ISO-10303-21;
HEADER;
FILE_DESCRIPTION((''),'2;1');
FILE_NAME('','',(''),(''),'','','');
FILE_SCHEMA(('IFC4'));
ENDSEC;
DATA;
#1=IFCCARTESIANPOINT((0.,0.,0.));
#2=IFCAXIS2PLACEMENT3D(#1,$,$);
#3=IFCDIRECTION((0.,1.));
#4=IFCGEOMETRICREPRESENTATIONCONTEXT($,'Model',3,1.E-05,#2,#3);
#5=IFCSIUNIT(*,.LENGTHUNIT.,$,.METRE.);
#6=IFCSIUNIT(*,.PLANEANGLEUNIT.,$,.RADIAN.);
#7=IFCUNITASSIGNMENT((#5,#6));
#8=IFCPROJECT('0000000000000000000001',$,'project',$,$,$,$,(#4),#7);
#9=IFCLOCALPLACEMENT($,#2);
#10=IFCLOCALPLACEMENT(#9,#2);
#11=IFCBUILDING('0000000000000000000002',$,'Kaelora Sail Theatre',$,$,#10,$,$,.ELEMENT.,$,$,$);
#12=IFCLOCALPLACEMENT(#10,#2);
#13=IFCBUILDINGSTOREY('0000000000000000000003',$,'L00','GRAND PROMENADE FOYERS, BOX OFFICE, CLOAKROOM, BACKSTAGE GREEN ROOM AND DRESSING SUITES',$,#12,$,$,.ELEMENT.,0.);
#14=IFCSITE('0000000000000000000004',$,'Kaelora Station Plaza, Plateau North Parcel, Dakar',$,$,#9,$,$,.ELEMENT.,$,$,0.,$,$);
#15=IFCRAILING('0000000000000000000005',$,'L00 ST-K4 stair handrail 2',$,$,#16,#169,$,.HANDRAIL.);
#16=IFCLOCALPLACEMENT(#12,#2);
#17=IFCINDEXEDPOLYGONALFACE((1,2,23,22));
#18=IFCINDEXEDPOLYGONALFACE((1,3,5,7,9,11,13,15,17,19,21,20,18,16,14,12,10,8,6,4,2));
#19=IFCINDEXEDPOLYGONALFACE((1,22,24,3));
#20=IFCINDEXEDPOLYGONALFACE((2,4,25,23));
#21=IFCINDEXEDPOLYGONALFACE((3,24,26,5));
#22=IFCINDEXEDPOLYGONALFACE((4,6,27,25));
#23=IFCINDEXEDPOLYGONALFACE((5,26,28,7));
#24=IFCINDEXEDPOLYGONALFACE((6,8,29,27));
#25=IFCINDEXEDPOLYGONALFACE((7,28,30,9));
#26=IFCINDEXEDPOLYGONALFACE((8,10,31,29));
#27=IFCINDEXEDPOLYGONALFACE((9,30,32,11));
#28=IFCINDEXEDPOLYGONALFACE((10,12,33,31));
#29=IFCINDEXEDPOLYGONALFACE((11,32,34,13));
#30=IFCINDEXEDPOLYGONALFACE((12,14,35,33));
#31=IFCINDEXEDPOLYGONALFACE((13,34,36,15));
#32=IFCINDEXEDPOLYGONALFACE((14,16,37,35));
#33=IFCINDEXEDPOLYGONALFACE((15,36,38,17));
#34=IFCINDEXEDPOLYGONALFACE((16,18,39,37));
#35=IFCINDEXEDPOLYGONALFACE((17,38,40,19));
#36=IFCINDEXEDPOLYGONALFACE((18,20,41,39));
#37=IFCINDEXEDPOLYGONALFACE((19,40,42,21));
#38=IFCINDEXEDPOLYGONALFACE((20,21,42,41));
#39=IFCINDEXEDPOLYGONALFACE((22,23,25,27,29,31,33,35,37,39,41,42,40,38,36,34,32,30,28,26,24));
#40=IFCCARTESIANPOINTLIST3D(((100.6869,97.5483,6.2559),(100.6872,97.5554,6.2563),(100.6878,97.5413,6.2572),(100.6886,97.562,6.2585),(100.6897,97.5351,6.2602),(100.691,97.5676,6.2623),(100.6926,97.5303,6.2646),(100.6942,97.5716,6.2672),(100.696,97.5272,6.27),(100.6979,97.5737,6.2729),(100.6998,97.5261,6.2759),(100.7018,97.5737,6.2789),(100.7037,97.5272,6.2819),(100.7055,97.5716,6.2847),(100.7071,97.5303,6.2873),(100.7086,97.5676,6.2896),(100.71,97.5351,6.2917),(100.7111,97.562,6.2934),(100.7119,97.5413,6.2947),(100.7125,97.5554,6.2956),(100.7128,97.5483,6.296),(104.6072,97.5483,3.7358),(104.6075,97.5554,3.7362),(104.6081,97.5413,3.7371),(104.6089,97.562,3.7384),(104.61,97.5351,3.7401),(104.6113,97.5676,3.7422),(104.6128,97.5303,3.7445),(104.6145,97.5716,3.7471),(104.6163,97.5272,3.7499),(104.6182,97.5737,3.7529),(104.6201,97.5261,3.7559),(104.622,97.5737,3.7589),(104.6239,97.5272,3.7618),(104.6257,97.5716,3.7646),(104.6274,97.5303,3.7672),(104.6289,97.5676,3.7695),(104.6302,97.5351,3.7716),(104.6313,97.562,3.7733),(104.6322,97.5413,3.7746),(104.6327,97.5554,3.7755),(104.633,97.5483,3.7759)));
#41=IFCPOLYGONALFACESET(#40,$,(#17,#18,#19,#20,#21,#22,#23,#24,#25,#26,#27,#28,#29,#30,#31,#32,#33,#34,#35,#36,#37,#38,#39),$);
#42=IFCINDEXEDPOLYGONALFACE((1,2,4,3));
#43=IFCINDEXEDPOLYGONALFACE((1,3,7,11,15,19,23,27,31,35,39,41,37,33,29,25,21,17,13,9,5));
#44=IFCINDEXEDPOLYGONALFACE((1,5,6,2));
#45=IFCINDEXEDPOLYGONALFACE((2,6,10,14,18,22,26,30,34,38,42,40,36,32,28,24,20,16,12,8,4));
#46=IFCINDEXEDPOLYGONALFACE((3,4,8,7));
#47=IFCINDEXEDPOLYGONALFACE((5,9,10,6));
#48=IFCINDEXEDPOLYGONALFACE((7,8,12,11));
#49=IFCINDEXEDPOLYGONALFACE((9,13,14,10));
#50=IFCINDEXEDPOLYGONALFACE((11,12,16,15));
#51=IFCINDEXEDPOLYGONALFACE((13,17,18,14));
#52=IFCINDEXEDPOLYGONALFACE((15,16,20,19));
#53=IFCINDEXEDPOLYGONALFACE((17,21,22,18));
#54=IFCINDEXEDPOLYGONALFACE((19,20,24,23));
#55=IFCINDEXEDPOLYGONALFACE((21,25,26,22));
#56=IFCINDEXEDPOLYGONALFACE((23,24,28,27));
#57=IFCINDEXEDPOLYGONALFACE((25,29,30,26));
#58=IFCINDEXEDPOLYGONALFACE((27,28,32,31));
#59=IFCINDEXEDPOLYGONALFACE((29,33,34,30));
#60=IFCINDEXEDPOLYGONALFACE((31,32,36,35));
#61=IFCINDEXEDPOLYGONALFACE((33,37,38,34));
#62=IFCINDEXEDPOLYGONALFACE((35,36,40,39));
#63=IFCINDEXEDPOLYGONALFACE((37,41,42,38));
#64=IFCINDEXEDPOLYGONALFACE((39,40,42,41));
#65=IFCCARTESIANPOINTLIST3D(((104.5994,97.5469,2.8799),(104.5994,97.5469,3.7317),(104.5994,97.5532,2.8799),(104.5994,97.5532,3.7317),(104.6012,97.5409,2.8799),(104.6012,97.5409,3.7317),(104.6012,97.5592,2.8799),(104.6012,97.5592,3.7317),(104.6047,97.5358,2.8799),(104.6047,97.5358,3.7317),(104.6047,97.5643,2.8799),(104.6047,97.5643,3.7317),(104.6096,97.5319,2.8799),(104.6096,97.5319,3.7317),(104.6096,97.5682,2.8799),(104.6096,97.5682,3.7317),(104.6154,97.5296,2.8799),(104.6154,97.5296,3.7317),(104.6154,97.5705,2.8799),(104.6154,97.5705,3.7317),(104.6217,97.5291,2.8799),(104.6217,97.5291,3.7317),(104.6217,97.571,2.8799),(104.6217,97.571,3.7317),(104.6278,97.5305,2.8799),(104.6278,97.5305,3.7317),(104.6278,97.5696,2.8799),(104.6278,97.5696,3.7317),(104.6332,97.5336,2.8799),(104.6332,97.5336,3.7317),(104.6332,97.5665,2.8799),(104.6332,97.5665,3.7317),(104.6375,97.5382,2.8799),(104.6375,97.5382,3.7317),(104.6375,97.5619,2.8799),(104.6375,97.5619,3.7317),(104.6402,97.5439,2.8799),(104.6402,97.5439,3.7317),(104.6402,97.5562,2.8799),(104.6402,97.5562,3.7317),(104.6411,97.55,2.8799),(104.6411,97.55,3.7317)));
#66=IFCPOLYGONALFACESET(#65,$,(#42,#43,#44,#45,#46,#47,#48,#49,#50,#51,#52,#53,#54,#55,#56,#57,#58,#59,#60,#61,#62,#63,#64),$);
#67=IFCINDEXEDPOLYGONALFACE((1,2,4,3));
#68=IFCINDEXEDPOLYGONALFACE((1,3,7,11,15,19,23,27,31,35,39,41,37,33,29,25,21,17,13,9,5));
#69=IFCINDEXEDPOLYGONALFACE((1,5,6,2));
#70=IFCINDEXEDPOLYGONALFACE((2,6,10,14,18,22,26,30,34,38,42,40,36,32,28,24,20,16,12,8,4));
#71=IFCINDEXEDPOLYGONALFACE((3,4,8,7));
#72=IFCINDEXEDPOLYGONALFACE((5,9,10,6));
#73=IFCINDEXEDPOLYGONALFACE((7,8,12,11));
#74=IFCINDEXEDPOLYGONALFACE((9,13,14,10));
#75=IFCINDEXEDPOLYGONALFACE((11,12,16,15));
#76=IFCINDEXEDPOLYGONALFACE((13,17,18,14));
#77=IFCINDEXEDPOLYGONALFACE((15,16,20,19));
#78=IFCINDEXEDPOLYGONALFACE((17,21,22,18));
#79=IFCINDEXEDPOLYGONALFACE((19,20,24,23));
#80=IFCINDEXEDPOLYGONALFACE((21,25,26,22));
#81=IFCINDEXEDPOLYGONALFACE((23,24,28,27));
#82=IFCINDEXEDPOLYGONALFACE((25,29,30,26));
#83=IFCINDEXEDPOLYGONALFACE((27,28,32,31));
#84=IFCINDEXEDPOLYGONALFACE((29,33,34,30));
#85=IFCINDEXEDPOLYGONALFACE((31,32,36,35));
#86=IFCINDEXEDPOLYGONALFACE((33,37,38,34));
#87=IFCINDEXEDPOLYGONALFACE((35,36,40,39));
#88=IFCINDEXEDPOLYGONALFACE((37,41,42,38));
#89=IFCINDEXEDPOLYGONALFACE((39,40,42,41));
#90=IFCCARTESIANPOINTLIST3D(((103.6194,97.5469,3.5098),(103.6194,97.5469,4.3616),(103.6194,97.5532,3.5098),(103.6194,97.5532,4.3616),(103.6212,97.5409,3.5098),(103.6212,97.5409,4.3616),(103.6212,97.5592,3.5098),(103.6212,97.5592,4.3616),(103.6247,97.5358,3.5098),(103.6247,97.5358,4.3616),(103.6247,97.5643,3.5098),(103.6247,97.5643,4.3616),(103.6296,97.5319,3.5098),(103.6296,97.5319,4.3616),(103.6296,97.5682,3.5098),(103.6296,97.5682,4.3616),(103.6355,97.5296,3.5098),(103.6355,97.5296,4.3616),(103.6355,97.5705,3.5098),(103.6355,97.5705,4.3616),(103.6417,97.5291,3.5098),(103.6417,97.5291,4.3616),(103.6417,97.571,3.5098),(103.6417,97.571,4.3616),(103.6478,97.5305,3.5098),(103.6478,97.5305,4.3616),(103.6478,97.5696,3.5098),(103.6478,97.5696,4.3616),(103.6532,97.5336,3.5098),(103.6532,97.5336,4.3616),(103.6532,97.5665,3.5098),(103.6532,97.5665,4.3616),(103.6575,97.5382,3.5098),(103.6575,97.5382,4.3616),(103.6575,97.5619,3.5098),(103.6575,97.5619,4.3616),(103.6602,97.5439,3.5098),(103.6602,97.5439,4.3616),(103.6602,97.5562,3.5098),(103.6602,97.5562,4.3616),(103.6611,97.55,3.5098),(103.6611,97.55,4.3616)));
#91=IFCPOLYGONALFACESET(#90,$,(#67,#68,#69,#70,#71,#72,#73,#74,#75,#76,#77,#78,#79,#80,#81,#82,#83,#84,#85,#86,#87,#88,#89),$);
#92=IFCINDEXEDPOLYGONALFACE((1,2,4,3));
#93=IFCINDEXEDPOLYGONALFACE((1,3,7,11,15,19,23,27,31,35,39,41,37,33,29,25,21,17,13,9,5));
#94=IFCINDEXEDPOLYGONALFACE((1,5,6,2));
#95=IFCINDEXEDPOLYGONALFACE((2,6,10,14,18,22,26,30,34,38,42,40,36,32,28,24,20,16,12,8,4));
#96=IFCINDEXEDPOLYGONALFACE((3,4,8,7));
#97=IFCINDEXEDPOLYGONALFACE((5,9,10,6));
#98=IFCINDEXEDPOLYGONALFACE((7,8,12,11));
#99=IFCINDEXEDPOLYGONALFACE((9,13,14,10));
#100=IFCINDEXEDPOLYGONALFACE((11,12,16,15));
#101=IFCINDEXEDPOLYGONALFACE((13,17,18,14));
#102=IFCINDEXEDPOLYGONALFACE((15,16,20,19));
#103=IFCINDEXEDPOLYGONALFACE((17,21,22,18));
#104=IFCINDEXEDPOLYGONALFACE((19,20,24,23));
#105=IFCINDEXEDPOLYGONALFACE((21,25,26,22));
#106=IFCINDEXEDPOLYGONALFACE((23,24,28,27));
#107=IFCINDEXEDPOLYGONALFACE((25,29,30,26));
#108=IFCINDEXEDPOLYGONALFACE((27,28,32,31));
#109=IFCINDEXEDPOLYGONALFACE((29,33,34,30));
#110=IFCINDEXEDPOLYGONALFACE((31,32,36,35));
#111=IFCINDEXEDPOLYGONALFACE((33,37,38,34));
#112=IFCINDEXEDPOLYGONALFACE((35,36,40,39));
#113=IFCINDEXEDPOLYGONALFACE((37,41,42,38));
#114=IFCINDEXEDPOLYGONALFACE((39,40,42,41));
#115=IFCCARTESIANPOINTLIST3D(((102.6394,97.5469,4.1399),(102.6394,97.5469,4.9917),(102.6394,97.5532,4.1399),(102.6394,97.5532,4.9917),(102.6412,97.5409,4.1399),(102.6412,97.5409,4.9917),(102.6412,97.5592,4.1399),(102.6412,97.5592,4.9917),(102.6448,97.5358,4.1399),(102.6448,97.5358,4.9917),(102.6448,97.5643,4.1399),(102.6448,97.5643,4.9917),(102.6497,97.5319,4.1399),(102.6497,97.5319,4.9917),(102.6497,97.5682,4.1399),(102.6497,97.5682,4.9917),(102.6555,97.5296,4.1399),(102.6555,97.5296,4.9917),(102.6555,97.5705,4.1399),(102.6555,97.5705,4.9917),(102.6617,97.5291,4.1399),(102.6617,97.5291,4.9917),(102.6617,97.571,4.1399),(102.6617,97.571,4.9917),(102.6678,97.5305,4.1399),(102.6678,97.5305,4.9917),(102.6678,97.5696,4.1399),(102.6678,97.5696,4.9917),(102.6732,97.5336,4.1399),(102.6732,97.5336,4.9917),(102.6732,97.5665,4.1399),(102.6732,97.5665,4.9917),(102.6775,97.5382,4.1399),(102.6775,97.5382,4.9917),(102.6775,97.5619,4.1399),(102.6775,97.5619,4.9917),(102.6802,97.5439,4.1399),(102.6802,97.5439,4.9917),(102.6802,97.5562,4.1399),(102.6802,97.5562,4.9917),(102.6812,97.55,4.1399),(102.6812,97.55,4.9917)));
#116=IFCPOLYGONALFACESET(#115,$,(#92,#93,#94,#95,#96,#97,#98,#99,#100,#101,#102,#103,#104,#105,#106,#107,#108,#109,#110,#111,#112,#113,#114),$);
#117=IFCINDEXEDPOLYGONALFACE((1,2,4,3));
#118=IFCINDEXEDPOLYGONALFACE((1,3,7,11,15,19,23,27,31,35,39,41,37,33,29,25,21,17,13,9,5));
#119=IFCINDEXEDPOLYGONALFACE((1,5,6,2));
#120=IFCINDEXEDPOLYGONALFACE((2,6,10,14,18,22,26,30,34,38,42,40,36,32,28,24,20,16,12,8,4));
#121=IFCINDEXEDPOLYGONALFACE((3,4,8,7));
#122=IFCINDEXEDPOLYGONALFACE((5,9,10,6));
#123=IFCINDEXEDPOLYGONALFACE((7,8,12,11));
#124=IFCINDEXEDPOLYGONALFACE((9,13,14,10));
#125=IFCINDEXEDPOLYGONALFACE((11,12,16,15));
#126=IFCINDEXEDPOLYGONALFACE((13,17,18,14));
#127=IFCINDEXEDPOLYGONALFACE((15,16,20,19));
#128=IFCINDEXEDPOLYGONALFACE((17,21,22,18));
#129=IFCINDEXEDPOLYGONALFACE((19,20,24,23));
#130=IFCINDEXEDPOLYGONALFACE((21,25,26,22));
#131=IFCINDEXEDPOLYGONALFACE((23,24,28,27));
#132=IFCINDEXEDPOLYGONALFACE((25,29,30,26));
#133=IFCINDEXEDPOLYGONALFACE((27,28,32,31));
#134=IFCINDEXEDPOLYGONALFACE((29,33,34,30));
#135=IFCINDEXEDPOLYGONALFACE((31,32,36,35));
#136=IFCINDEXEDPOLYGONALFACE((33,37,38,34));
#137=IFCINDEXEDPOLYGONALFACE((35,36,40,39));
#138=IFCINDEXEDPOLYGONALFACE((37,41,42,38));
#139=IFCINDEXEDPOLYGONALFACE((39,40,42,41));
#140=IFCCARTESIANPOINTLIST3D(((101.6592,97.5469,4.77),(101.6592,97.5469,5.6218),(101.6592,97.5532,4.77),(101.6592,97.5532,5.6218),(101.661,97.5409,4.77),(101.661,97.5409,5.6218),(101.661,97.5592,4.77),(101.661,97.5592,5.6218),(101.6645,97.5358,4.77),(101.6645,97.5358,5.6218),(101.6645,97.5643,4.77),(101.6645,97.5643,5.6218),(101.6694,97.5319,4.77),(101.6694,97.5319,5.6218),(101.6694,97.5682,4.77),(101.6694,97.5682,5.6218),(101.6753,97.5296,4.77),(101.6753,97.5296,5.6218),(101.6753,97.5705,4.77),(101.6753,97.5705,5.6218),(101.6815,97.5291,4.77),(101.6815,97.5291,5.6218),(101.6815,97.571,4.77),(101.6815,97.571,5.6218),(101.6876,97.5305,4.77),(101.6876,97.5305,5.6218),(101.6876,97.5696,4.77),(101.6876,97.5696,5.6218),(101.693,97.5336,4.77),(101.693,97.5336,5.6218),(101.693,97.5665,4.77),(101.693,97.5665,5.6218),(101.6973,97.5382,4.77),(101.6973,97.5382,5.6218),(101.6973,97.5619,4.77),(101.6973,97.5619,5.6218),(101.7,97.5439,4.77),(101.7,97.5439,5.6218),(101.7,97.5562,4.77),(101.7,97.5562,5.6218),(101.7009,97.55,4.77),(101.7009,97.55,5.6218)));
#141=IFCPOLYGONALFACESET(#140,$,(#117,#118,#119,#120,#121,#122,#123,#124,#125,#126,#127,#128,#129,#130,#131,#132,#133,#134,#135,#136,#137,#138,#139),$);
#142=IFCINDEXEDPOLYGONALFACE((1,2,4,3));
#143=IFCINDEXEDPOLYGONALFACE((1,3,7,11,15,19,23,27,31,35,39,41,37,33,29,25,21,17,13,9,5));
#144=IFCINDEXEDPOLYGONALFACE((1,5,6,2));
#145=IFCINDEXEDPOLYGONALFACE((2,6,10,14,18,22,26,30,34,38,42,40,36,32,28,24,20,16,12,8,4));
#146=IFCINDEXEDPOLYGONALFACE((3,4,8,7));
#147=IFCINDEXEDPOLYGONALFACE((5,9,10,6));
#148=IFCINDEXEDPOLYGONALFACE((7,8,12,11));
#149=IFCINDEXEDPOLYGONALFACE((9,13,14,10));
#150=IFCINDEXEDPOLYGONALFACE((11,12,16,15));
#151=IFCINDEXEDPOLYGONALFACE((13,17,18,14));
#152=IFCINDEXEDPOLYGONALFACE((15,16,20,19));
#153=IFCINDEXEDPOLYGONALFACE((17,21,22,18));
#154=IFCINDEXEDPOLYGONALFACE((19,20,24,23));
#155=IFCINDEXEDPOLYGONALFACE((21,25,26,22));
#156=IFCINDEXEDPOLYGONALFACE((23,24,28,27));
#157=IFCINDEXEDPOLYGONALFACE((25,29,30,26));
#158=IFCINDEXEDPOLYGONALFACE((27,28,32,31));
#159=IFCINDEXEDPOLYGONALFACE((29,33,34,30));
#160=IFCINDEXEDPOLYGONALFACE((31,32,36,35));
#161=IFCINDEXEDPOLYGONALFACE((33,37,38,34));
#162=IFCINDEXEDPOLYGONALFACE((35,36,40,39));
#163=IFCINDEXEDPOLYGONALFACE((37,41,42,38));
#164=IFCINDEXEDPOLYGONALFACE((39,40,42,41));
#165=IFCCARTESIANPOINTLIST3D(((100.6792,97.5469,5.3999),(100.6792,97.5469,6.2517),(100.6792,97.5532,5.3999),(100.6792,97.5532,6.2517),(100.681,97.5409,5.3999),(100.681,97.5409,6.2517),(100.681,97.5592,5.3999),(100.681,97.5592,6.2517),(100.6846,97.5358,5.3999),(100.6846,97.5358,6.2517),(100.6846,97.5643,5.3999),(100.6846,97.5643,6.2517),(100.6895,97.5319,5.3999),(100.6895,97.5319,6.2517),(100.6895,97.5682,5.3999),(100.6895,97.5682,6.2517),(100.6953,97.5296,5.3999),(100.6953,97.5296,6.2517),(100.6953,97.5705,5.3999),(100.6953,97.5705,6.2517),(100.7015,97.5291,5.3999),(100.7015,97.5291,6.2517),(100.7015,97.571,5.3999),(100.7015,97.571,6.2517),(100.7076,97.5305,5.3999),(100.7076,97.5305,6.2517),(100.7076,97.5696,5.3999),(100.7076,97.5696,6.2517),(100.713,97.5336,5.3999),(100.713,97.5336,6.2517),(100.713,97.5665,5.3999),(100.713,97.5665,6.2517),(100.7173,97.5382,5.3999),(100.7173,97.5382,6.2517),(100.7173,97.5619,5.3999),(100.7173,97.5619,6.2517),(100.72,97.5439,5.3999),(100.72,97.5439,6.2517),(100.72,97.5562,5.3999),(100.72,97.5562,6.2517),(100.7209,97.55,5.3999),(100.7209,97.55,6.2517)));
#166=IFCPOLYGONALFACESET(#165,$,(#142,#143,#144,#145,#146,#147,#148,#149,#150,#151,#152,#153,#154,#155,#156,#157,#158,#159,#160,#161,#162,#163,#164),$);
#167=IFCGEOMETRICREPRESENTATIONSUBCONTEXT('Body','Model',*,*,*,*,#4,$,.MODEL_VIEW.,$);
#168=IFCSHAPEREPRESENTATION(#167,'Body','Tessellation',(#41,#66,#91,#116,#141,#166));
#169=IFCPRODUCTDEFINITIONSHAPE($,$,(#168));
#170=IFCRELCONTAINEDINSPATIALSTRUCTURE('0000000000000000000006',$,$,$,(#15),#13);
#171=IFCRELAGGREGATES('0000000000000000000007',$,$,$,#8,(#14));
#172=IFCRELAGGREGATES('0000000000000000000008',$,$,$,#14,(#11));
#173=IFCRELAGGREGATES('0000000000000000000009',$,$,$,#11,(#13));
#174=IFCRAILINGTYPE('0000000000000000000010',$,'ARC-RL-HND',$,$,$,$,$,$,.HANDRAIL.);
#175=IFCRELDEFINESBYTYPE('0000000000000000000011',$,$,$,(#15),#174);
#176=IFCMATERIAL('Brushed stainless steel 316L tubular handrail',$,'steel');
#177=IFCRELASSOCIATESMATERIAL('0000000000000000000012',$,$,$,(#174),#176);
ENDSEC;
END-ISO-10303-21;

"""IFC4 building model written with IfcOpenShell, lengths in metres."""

from ifc_helpers import new_model, si_unit, direction, frame, origin, origin_2d, place, context, subcontext, project, spatial, circle, extrude, material, type_object, element, save


model = new_model("IFC4")

# Units and contexts
model_context = context("Model", 3, precision=1e-05, world=origin(), true_north=direction((0.0, 1.0)))
body_context = subcontext(model_context, "Body", "Model", "MODEL_VIEW")
ifc_project = project(units=[si_unit("LENGTHUNIT", "METRE"), si_unit("PLANEANGLEUNIT", "RADIAN")], contexts=[model_context])

# Site, building, storey
site_placement = place(None, origin())
site = spatial("IfcSite", under=ifc_project, at=site_placement, Name="Kaelora Station Plaza, Plateau North Parcel, Dakar", CompositionType="ELEMENT", RefElevation=0.0)
building_placement = place(site_placement, origin())
building = spatial("IfcBuilding", under=site, at=building_placement, Name="Kaelora Sail Theatre", CompositionType="ELEMENT")
storey_placement = place(building_placement, origin())
storey = spatial("IfcBuildingStorey", under=building, at=storey_placement, Name="L00", Description="GRAND PROMENADE FOYERS, BOX OFFICE, CLOAKROOM, BACKSTAGE GREEN ROOM AND DRESSING SUITES", CompositionType="ELEMENT", Elevation=0.0)

# Railing
ifc_material_1 = material(Name="Brushed stainless steel 316L tubular handrail", Category="steel")
railing_type_1 = type_object("IfcRailingType", Name="ARC-RL-HND", PredefinedType="HANDRAIL", material=ifc_material_1)
railing_1_placement = place(storey_placement, frame((104.6201, 97.55, 2.8799)))
element("IfcRailing", 1, at=railing_1_placement, inside=storey, type_object=railing_type_1, Name="L00 ST-K4 stair handrail 2", PredefinedType="HANDRAIL", context=body_context, shape_type="SweptSolid", body=[
    extrude(circle(Radius=0.0239, at=origin_2d()), frame((0.0, 0.0, 0.876), z_axis=(-0.841187, 0.0, 0.540744), x_axis=(0.0, -1.0, 0.0)), (0.0, 0.0, 1.0), 4.6604),
    extrude(circle(Radius=0.021, at=origin_2d()), origin(), (0.0, 0.0, 1.0), 0.8518),
    extrude(circle(Radius=0.021, at=origin_2d()), frame((-0.98, 0.0, 0.6299)), (0.0, 0.0, 1.0), 0.8518),
    extrude(circle(Radius=0.021, at=origin_2d()), frame((-1.96, 0.0, 1.26)), (0.0, 0.0, 1.0), 0.8518),
    extrude(circle(Radius=0.021, at=origin_2d()), frame((-2.9402, 0.0, 1.8901)), (0.0, 0.0, 1.0), 0.8518),
    extrude(circle(Radius=0.021, at=origin_2d()), frame((-3.9202, 0.0, 2.52)), (0.0, 0.0, 1.0), 0.8518),
])

save(model, "model.ifc")
